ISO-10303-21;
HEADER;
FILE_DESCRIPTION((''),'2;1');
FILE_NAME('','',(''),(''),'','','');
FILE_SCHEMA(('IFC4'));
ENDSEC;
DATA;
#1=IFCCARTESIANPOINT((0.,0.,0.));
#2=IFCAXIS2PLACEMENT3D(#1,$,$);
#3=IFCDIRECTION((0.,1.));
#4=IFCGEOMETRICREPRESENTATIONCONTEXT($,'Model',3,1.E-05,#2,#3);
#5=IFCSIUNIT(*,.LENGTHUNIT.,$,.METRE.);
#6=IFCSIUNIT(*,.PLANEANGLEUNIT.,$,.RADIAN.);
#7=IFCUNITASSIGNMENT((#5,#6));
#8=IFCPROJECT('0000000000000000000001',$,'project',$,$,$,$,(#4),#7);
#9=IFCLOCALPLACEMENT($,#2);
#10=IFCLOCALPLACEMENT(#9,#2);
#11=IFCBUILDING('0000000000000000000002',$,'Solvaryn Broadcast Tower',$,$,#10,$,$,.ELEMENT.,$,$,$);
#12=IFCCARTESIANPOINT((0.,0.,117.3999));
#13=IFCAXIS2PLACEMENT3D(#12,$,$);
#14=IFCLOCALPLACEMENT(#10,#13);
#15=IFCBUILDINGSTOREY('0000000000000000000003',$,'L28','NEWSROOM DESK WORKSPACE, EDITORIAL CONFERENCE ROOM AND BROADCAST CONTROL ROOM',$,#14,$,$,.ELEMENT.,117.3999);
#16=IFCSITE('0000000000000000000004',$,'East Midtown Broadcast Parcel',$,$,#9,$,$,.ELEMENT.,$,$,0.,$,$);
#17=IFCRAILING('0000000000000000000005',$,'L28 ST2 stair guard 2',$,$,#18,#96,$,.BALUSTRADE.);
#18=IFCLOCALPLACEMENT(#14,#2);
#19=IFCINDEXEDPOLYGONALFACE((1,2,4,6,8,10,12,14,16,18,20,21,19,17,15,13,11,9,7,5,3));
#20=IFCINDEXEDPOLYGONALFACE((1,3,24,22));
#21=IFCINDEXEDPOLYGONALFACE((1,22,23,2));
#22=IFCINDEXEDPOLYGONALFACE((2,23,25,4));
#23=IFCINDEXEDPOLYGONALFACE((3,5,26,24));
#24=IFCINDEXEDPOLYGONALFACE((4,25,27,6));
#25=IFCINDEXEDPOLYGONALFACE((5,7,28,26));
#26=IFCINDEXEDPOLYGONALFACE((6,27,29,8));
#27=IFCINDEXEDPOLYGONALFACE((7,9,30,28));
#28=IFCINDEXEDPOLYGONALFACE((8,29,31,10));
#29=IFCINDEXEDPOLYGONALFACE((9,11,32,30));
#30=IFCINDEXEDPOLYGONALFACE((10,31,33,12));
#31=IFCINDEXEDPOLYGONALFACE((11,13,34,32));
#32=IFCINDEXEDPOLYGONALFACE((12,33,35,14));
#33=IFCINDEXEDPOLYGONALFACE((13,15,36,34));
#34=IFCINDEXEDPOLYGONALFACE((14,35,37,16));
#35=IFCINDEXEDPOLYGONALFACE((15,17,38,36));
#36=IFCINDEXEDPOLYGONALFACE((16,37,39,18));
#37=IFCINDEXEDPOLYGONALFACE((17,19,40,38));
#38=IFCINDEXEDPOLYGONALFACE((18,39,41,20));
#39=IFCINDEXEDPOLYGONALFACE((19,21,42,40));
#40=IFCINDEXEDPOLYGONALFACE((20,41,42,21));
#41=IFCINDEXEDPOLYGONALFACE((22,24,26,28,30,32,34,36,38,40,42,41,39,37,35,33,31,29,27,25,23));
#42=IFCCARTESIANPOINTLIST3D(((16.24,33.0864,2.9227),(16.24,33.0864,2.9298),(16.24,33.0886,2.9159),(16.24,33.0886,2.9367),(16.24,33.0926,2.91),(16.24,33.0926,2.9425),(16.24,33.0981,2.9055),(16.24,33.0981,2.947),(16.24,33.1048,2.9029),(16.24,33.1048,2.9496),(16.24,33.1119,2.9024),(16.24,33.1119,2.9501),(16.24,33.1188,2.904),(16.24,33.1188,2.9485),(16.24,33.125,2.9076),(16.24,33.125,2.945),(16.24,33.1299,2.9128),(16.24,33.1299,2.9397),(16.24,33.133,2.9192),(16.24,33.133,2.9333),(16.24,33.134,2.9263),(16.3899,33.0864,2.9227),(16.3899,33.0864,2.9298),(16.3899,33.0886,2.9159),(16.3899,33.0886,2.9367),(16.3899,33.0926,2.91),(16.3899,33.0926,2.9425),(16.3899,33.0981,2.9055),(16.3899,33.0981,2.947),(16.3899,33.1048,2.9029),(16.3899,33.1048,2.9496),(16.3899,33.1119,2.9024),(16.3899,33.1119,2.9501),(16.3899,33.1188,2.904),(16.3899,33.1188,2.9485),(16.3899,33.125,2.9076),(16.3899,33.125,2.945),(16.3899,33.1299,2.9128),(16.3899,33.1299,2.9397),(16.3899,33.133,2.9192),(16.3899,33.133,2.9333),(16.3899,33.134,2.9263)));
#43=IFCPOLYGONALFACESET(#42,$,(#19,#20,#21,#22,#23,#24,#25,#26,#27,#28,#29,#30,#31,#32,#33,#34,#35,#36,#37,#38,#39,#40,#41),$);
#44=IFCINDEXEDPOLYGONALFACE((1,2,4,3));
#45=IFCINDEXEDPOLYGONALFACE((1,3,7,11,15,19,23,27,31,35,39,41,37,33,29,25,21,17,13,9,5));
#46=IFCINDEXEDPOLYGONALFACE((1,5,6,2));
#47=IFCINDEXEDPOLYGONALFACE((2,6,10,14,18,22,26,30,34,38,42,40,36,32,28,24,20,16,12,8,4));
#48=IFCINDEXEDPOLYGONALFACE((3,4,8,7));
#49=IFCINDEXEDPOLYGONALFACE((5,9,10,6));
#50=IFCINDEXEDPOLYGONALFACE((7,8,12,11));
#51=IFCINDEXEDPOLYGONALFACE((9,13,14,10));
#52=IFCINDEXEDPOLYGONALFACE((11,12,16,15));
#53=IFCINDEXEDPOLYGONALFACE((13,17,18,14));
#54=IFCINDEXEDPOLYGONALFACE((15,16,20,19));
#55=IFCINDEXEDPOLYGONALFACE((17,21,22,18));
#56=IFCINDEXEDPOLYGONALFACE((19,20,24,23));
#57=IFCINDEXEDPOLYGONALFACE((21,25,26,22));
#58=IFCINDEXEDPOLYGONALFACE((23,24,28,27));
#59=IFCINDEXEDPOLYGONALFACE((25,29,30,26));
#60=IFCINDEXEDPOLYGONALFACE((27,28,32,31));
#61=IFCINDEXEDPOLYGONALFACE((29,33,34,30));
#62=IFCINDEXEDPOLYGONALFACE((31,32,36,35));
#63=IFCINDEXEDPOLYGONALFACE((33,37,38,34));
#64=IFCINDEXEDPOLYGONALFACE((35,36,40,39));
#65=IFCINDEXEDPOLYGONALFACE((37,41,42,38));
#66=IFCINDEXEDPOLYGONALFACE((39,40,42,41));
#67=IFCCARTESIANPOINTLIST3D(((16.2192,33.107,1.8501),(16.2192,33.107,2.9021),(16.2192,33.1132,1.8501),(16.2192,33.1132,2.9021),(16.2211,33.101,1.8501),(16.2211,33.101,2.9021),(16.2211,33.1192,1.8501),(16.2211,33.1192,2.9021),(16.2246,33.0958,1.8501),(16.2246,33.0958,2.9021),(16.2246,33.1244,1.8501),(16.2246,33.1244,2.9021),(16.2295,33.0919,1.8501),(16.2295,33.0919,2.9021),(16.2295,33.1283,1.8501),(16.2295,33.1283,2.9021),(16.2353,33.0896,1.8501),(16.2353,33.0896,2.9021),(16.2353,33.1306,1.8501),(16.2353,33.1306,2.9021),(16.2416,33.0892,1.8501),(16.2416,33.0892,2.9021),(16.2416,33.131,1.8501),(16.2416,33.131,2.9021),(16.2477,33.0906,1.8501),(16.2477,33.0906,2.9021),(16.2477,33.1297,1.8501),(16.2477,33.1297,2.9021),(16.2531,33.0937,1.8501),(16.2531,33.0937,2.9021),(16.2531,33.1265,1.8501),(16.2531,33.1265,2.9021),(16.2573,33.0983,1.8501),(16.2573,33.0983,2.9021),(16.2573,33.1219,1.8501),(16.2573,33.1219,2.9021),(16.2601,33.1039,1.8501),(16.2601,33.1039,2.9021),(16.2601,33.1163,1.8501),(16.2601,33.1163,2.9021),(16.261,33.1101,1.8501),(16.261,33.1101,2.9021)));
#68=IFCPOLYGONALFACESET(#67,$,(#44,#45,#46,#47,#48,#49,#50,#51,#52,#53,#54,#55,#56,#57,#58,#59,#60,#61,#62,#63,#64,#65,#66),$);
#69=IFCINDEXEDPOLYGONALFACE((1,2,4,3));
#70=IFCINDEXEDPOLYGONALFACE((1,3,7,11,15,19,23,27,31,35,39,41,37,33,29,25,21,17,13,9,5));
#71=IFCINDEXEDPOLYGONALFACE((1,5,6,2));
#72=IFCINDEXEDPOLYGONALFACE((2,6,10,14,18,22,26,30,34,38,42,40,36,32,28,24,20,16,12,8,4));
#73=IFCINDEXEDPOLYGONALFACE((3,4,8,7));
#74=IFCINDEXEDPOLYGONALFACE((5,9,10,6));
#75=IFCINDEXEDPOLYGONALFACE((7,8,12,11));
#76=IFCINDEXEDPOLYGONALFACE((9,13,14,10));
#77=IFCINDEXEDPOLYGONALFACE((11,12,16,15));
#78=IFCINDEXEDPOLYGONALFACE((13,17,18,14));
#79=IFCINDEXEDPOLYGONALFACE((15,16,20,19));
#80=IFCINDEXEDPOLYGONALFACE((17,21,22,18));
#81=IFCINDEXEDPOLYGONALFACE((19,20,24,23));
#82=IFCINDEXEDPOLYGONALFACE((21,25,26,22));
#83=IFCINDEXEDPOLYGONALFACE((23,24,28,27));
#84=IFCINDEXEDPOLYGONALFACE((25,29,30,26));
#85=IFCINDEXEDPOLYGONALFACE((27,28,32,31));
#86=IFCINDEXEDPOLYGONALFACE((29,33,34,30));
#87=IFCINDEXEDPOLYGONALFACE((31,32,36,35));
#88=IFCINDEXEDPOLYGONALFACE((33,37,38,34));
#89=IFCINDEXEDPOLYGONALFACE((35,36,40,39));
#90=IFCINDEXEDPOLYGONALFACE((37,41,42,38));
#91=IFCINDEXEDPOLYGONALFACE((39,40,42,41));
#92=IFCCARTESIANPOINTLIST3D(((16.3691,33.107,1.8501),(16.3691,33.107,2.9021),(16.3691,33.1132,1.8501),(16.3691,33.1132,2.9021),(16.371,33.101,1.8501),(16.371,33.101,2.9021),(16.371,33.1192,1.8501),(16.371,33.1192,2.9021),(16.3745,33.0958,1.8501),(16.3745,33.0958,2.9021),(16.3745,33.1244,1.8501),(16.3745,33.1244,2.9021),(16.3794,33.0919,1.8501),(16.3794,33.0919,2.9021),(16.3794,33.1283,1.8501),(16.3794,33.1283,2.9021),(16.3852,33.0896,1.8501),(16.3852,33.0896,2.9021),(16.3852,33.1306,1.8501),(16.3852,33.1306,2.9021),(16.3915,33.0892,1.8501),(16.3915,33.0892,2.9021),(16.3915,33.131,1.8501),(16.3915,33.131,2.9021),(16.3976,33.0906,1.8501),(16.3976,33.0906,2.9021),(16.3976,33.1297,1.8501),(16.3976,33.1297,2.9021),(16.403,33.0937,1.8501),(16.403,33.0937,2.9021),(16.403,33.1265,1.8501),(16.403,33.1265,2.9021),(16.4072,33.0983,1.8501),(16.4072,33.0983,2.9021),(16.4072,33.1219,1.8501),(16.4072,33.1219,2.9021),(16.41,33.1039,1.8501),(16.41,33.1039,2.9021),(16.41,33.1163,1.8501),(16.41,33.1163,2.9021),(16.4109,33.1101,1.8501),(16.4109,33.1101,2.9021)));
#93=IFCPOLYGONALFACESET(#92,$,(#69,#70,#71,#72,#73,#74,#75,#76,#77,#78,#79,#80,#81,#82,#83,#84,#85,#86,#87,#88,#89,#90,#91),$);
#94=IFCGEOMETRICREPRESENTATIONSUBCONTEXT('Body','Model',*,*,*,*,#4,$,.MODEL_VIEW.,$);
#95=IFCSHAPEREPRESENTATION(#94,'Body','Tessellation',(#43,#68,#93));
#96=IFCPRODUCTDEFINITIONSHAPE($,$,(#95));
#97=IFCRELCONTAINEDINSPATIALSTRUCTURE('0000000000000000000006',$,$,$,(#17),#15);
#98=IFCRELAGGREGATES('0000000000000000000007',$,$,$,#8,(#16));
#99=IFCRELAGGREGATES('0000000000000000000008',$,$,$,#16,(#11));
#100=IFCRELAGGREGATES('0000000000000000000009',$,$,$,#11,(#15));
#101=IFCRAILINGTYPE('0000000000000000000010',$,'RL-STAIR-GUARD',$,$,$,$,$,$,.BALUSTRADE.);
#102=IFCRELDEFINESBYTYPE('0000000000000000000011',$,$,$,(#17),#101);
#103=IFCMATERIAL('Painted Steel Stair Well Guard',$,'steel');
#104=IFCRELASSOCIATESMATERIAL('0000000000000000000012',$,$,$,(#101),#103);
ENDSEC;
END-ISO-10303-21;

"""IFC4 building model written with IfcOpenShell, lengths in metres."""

from ifc_helpers import new_model, si_unit, direction, frame, origin, origin_2d, place, context, subcontext, project, spatial, circle, extrude, material, type_object, element, save


model = new_model("IFC4")

# Units and contexts
model_context = context("Model", 3, precision=1e-05, world=origin(), true_north=direction((0.0, 1.0)))
body_context = subcontext(model_context, "Body", "Model", "MODEL_VIEW")
ifc_project = project(units=[si_unit("LENGTHUNIT", "METRE"), si_unit("PLANEANGLEUNIT", "RADIAN")], contexts=[model_context])

# Site, building, storey
site_placement = place(None, origin())
site = spatial("IfcSite", under=ifc_project, at=site_placement, Name="East Midtown Broadcast Parcel", CompositionType="ELEMENT", RefElevation=0.0)
building_placement = place(site_placement, origin())
building = spatial("IfcBuilding", under=site, at=building_placement, Name="Solvaryn Broadcast Tower", CompositionType="ELEMENT")
storey_placement = place(building_placement, frame((0.0, 0.0, 117.3999)))
storey = spatial("IfcBuildingStorey", under=building, at=storey_placement, Name="L28", Description="NEWSROOM DESK WORKSPACE, EDITORIAL CONFERENCE ROOM AND BROADCAST CONTROL ROOM", CompositionType="ELEMENT", Elevation=117.3999)

# Railing
ifc_material_1 = material(Name="Painted Steel Stair Well Guard", Category="steel")
railing_type_1 = type_object("IfcRailingType", Name="RL-STAIR-GUARD", PredefinedType="BALUSTRADE", material=ifc_material_1)
railing_1_placement = place(storey_placement, frame((16.24, 33.1101, 1.8501)))
element("IfcRailing", 1, at=railing_1_placement, inside=storey, type_object=railing_type_1, Name="L28 ST2 stair guard 2", PredefinedType="BALUSTRADE", context=body_context, shape_type="SweptSolid", body=[
    extrude(circle(Radius=0.0239, at=origin_2d()), frame((0.0, 0.0, 1.0762), z_axis=(1.0, 0.0, 0.0), x_axis=(0.0, 1.0, 0.0)), (0.0, 0.0, 1.0), 0.1499),
    extrude(circle(Radius=0.021, at=origin_2d()), origin(), (0.0, 0.0, 1.0), 1.052),
    extrude(circle(Radius=0.021, at=origin_2d()), frame((0.1499, 0.0, 0.0)), (0.0, 0.0, 1.0), 1.052),
])

save(model, "model.ifc")
